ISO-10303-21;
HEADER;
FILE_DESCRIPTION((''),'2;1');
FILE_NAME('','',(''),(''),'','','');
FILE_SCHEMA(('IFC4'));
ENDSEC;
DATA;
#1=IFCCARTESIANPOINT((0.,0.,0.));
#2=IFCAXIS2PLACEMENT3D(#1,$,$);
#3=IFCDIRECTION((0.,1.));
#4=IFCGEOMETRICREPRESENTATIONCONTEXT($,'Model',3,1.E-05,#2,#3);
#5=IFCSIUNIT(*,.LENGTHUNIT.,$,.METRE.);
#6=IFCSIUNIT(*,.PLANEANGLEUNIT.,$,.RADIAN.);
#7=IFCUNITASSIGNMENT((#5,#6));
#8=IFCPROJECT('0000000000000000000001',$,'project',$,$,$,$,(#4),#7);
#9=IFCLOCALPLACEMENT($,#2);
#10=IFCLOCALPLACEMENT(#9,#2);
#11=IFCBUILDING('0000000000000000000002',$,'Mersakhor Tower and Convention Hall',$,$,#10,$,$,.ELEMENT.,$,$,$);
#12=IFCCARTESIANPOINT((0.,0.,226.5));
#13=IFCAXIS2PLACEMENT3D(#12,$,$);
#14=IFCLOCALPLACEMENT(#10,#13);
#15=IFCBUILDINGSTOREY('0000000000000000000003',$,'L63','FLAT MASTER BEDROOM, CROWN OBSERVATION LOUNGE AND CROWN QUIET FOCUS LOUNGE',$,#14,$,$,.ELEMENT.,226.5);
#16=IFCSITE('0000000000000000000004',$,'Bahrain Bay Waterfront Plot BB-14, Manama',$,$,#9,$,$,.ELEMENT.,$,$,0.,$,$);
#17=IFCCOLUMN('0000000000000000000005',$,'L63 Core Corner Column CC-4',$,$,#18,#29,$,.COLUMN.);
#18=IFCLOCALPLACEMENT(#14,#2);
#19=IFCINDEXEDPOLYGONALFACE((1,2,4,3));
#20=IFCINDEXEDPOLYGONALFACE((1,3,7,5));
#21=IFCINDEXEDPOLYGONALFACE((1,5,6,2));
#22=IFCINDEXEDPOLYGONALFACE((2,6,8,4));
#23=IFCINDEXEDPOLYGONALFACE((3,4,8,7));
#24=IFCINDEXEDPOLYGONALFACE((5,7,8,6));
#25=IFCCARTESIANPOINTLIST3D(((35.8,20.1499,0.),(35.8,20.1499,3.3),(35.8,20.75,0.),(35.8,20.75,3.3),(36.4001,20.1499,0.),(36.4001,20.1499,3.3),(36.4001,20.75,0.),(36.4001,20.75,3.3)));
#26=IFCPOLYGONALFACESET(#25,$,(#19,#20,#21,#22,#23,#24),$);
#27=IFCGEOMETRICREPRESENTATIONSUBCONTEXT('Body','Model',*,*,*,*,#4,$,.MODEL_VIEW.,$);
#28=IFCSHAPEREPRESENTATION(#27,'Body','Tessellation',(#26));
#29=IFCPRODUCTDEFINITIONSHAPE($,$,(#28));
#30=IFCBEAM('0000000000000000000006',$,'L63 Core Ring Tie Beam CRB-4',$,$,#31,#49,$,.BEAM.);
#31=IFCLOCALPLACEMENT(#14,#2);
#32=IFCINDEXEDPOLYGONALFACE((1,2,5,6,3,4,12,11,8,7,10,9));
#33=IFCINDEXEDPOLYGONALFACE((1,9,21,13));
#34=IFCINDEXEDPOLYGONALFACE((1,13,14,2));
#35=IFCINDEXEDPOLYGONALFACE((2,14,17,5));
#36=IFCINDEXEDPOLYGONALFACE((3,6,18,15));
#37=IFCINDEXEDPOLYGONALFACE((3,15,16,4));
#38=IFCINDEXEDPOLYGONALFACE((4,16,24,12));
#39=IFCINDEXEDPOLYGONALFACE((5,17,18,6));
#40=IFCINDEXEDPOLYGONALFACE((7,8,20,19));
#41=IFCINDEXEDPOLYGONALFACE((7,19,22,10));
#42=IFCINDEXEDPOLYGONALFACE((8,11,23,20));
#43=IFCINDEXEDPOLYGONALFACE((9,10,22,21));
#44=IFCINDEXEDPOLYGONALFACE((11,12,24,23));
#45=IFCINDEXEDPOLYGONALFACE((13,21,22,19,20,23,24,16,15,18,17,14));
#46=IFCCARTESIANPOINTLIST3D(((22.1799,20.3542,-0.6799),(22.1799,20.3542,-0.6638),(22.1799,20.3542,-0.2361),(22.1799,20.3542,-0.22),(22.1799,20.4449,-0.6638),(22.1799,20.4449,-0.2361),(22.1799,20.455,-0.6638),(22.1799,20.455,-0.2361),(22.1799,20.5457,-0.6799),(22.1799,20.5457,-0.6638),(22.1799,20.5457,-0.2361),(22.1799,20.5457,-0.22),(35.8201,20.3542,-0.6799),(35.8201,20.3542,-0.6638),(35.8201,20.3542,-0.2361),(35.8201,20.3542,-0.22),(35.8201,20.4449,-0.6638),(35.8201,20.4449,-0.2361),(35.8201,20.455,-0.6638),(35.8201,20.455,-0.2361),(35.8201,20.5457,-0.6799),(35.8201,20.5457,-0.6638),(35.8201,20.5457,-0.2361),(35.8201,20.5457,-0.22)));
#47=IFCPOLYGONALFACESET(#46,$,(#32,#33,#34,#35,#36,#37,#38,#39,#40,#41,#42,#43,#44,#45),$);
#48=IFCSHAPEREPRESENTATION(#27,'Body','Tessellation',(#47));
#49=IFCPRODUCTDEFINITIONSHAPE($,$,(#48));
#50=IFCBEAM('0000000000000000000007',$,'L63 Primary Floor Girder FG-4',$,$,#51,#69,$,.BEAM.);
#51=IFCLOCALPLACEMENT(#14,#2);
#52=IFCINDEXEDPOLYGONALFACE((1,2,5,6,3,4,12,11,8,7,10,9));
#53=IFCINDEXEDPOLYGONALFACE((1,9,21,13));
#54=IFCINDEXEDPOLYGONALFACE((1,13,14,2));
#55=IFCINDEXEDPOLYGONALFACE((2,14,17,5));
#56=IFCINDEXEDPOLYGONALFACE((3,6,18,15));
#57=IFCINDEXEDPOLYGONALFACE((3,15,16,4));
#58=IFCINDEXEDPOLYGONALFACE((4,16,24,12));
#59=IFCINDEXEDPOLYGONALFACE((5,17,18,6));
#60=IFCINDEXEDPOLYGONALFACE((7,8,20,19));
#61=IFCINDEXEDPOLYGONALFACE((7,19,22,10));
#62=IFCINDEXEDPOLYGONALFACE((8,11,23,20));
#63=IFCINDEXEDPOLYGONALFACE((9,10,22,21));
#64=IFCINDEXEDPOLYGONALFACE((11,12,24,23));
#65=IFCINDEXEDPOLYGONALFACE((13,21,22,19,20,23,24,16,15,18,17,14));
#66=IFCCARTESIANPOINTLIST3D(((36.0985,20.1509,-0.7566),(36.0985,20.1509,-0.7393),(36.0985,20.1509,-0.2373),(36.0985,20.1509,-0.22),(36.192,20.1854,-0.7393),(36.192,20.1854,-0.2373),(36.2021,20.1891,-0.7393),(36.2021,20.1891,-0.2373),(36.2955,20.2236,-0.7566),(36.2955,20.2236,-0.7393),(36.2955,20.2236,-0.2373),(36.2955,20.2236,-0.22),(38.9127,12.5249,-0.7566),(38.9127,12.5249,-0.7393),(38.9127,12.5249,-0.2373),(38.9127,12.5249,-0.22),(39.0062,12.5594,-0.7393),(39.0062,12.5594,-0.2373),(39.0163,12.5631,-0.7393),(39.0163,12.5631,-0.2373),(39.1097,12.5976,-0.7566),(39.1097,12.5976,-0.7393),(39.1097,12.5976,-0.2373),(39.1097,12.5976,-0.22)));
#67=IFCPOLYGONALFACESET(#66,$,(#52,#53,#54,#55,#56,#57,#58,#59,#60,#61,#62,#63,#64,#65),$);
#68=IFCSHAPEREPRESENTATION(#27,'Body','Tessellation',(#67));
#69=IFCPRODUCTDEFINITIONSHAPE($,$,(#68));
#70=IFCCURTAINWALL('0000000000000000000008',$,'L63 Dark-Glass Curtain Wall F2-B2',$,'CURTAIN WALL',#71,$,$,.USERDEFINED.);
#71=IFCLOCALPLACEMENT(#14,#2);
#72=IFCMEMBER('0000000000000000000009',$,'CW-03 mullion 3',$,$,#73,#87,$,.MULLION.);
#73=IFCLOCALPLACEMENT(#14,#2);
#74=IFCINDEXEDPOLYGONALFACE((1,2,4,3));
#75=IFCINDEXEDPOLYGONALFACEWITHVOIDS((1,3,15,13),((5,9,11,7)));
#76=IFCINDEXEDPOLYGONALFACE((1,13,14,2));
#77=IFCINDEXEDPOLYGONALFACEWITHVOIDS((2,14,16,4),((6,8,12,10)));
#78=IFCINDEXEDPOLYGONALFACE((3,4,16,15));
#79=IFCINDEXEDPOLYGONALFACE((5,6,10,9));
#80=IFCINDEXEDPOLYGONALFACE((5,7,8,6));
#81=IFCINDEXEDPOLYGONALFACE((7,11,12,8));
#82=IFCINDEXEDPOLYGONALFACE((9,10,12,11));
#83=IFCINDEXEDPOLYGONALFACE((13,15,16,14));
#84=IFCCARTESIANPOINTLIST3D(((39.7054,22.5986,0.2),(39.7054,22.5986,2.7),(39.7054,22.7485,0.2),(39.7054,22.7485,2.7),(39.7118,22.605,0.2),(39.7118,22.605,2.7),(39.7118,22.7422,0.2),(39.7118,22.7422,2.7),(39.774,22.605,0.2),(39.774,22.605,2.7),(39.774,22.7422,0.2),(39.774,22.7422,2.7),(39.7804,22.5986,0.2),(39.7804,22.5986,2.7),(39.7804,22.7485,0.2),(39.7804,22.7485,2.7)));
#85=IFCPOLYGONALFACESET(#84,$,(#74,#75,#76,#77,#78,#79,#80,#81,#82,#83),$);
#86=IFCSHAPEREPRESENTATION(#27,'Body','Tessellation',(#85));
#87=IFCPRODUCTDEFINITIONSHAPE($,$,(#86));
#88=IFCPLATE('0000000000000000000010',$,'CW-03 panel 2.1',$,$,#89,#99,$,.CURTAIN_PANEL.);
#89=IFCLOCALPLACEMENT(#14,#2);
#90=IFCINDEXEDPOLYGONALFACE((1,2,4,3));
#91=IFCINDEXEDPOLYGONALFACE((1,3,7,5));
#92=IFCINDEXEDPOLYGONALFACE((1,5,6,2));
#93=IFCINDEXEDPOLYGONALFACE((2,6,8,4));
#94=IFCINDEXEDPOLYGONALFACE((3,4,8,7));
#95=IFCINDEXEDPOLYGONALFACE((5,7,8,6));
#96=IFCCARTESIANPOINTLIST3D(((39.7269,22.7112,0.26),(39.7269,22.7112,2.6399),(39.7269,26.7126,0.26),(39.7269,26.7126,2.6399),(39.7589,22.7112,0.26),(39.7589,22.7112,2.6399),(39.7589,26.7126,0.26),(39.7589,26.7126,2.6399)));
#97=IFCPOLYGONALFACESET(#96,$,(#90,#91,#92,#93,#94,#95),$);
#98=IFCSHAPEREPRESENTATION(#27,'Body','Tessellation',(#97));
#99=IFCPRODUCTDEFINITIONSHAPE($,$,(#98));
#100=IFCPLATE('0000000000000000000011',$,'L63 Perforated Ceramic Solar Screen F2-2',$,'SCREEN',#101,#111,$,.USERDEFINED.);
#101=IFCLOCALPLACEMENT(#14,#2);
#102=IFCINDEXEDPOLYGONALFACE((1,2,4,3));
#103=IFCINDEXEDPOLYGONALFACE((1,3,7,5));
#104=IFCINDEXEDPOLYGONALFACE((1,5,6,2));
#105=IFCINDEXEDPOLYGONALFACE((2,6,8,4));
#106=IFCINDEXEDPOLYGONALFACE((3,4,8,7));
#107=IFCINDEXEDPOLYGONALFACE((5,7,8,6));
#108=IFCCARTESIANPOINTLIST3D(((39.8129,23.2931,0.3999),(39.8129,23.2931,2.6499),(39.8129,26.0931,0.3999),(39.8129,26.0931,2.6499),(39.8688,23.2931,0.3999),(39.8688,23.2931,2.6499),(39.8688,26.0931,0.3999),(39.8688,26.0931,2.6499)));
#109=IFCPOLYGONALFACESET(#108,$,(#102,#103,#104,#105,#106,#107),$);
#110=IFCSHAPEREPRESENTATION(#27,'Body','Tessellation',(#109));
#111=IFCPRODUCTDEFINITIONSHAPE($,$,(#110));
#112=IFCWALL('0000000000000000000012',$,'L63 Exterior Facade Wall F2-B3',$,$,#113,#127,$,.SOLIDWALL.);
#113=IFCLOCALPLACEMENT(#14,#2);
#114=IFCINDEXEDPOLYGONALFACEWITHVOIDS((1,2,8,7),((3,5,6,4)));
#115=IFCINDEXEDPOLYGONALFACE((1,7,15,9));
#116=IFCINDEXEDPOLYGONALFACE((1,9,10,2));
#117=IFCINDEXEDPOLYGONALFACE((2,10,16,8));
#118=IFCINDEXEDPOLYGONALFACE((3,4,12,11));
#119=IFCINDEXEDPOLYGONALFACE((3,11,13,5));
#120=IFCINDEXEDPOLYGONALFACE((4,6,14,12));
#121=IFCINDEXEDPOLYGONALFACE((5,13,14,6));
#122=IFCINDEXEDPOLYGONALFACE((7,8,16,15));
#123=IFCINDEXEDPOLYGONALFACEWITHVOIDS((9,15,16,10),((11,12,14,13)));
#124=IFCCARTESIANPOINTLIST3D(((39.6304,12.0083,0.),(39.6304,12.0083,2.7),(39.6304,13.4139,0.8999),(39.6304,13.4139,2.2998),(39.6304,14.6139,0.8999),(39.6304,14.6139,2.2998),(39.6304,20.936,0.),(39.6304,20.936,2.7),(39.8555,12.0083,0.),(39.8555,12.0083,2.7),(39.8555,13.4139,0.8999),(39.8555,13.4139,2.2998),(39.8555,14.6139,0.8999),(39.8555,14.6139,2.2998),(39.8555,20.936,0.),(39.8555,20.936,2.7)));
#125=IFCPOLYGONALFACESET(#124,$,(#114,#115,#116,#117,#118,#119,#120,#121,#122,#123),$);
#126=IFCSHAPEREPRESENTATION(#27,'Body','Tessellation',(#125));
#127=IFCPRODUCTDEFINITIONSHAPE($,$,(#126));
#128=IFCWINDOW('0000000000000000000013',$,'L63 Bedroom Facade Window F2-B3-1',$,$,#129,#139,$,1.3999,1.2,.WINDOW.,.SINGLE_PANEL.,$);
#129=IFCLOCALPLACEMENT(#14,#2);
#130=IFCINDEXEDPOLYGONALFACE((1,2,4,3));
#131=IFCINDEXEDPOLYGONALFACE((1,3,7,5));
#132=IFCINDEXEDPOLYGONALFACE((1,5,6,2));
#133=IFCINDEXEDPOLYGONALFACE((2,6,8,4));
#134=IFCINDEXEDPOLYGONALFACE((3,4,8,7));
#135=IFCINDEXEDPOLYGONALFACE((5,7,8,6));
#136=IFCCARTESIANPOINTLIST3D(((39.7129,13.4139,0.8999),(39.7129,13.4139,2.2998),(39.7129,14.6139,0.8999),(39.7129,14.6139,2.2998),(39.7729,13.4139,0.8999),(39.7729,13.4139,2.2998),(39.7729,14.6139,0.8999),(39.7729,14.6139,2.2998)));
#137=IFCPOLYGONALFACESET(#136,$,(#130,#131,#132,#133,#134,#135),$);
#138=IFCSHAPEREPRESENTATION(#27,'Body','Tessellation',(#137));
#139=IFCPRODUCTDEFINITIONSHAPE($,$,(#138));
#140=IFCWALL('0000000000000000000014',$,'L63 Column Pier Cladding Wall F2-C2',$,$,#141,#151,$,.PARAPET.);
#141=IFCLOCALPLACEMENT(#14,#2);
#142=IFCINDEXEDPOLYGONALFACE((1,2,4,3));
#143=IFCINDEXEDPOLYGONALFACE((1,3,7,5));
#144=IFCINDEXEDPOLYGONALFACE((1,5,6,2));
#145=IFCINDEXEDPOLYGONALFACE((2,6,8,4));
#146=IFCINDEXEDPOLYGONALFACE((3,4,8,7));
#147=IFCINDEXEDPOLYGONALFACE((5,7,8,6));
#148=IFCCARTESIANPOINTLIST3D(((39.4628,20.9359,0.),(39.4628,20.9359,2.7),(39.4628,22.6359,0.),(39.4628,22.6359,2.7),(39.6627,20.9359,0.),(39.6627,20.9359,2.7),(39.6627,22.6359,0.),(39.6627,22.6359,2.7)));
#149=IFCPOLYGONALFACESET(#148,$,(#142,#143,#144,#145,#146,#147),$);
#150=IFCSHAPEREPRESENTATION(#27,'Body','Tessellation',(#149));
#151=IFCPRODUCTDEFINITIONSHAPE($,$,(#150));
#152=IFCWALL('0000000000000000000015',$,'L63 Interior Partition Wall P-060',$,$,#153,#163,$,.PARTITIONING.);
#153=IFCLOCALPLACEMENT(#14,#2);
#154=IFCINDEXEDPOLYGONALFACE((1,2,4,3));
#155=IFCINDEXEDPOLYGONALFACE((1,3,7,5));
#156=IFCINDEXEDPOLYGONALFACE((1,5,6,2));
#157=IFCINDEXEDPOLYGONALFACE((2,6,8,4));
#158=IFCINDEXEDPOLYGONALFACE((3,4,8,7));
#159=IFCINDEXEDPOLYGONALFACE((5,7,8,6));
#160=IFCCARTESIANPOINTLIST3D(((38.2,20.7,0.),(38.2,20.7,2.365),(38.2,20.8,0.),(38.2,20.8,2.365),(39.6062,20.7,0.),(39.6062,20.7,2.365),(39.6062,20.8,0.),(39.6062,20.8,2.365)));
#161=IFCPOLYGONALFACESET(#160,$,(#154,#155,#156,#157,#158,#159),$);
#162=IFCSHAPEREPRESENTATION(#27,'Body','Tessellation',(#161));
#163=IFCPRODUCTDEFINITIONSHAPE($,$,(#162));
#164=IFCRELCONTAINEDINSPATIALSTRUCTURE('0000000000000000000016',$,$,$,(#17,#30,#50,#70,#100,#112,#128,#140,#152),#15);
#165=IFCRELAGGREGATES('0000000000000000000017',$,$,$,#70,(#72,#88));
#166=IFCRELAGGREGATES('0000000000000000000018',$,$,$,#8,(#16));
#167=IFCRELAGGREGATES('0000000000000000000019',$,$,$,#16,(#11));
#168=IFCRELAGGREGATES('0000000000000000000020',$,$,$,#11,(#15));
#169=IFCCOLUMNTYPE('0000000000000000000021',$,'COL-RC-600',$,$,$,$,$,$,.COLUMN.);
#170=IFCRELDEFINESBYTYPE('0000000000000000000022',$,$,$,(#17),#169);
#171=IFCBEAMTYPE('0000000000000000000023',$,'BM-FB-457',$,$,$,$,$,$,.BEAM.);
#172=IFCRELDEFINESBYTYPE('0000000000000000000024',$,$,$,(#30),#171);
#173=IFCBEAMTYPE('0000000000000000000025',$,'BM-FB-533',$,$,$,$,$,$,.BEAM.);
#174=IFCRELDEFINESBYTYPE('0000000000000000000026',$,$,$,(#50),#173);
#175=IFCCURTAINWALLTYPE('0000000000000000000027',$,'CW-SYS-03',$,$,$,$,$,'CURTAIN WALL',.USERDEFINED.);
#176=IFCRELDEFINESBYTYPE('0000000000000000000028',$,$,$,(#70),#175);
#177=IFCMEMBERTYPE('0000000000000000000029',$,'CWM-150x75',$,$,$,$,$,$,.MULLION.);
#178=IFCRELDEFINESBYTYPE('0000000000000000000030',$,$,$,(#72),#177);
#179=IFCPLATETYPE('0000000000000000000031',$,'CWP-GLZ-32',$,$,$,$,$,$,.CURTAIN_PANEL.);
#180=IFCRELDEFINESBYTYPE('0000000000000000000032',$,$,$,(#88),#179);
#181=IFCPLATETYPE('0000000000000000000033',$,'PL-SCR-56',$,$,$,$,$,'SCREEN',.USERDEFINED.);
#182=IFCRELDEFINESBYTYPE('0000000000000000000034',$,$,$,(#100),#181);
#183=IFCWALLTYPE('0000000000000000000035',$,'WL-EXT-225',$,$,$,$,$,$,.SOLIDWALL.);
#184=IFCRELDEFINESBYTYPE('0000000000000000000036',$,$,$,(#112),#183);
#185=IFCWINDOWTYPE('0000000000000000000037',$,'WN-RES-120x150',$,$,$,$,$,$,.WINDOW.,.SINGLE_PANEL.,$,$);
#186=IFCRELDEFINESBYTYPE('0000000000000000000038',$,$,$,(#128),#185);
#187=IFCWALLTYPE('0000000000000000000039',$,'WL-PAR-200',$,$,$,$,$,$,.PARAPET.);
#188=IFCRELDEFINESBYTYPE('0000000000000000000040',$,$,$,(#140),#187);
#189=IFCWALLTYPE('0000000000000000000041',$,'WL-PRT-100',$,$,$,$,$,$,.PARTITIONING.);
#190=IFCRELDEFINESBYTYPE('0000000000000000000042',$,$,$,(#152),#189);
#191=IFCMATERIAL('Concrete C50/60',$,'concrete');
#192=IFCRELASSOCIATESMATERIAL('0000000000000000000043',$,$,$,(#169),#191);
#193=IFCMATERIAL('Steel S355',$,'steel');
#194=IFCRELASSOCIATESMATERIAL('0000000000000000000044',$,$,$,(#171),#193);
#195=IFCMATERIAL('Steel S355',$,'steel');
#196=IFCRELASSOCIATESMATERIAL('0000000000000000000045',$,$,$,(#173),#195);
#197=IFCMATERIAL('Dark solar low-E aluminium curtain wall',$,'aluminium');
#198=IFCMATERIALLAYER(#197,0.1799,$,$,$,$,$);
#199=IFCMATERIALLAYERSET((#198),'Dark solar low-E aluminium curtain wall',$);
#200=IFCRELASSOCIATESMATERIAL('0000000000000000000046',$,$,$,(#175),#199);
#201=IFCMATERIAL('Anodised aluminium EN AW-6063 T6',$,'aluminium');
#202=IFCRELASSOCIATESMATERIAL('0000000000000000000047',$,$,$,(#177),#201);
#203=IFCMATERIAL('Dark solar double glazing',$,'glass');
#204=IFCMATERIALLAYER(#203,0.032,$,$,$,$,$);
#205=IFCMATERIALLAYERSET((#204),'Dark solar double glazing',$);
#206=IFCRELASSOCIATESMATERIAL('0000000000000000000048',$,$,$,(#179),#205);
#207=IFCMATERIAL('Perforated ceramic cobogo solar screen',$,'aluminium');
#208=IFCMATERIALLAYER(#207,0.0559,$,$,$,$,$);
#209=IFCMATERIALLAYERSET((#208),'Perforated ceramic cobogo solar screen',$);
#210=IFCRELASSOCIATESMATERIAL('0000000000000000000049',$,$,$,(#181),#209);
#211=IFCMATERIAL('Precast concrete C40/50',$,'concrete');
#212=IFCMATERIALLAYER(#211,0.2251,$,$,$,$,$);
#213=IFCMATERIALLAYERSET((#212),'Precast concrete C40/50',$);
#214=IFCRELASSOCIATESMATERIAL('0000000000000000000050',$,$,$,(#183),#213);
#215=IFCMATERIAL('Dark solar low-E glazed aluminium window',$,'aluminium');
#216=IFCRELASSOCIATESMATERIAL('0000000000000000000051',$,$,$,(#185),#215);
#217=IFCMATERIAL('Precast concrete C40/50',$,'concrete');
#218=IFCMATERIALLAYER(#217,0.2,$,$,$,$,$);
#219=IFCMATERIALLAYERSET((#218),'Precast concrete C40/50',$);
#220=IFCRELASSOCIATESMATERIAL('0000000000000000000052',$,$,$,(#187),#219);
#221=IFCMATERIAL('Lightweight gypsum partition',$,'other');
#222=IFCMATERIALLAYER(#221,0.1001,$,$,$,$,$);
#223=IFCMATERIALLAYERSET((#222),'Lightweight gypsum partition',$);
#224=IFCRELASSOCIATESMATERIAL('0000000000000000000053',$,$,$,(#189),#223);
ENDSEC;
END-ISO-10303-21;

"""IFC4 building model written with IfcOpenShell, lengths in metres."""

from ifc_helpers import new_model, si_unit, direction, frame, frame_2d, origin, origin_2d, place, context, subcontext, project, spatial, rectangle, hollow_rectangle, i_section, extrude, material, layer, layer_set, material_profile, profile_set, type_object, element, fill, aggregate, save


model = new_model("IFC4")

# Units and contexts
model_context = context("Model", 3, precision=1e-05, world=origin(), true_north=direction((0.0, 1.0)))
body_context = subcontext(model_context, "Body", "Model", "MODEL_VIEW")
ifc_project = project(units=[si_unit("LENGTHUNIT", "METRE"), si_unit("PLANEANGLEUNIT", "RADIAN")], contexts=[model_context])

# Site, building, storey
site_placement = place(None, origin())
site = spatial("IfcSite", under=ifc_project, at=site_placement, Name="Bahrain Bay Waterfront Plot BB-14, Manama", CompositionType="ELEMENT", RefElevation=0.0)
building_placement = place(site_placement, origin())
building = spatial("IfcBuilding", under=site, at=building_placement, Name="Mersakhor Tower and Convention Hall", CompositionType="ELEMENT")
storey_placement = place(building_placement, frame((0.0, 0.0, 226.5)))
storey = spatial("IfcBuildingStorey", under=building, at=storey_placement, Name="L63", Description="FLAT MASTER BEDROOM, CROWN OBSERVATION LOUNGE AND CROWN QUIET FOCUS LOUNGE", CompositionType="ELEMENT", Elevation=226.5)

# Column
ifc_material_1 = material(Name="Concrete C50/60", Category="concrete")
ifc_material_profile_1 = material_profile(ifc_material_1, rectangle(XDim=0.6001, YDim=0.6001, at=origin_2d()), Name="RC 600x600")
ifc_profile_set_1 = profile_set([ifc_material_profile_1], Name="Concrete C50/60")
column_type = type_object("IfcColumnType", Name="COL-RC-600", PredefinedType="COLUMN", material=ifc_profile_set_1)
column_placement = place(storey_placement, frame((36.1001, 20.45, 0.0), z_axis=(0.0, 0.0, 1.0), x_axis=(1.0, 0.0, 0.0)))
element("IfcColumn", 1, at=column_placement, inside=storey, type_object=column_type, Name="L63 Core Corner Column CC-4", PredefinedType="COLUMN", context=body_context, shape_type="SweptSolid", body=[
    extrude(rectangle(XDim=0.6001, YDim=0.6001, at=origin_2d()), origin(), (0.0, 0.0, 1.0), 3.3),
])

# Beams
ifc_material_2 = material(Name="Steel S355", Category="steel")
ifc_material_profile_2 = material_profile(ifc_material_2, i_section(OverallWidth=0.1914, OverallDepth=0.46, WebThickness=0.01, FlangeThickness=0.0161, at=origin_2d()), Name="UB 457x191x82")
ifc_profile_set_2 = profile_set([ifc_material_profile_2], Name="Steel S355")
beam_type_1 = type_object("IfcBeamType", Name="BM-FB-457", PredefinedType="BEAM", material=ifc_profile_set_2)
beam_1_placement = place(storey_placement, frame((35.8201, 20.45, -0.45), z_axis=(-1.0, 0.0, 0.0), x_axis=(0.0, -1.0, 0.0)))
element("IfcBeam", 2, at=beam_1_placement, inside=storey, type_object=beam_type_1, Name="L63 Core Ring Tie Beam CRB-4", PredefinedType="BEAM", context=body_context, shape_type="SweptSolid", body=[
    extrude(i_section(OverallWidth=0.1914, OverallDepth=0.46, WebThickness=0.01, FlangeThickness=0.0161, at=origin_2d()), origin(), (0.0, 0.0, 1.0), 13.6401),
])
ifc_material_3 = material(Name="Steel S355", Category="steel")
ifc_material_profile_3 = material_profile(ifc_material_3, i_section(OverallWidth=0.21, OverallDepth=0.5366, WebThickness=0.0107, FlangeThickness=0.0173, at=origin_2d()), Name="UB 533x210x101")
ifc_profile_set_3 = profile_set([ifc_material_profile_3], Name="Steel S355")
beam_type_2 = type_object("IfcBeamType", Name="BM-FB-533", PredefinedType="BEAM", material=ifc_profile_set_3)
beam_2_placement = place(storey_placement, frame((36.197, 20.1873, -0.4883), z_axis=(0.346208, -0.938158, 0.0), x_axis=(0.938158, 0.346208, 0.0)))
element("IfcBeam", 3, at=beam_2_placement, inside=storey, type_object=beam_type_2, Name="L63 Primary Floor Girder FG-4", PredefinedType="BEAM", context=body_context, shape_type="SweptSolid", body=[
    extrude(i_section(OverallWidth=0.21, OverallDepth=0.5366, WebThickness=0.0107, FlangeThickness=0.0173, at=origin_2d()), origin(), (0.0, 0.0, 1.0), 8.1287),
])

# Curtain wall, member, plate
ifc_material_4 = material(Name="Dark solar low-E aluminium curtain wall", Category="aluminium")
ifc_layer_1 = layer(ifc_material_4, 0.1799)
ifc_layer_set_1 = layer_set([ifc_layer_1], Name="Dark solar low-E aluminium curtain wall")
curtain_wall_type = type_object("IfcCurtainWallType", Name="CW-SYS-03", ElementType="CURTAIN WALL", PredefinedType="USERDEFINED", material=ifc_layer_set_1)
curtain_wall_placement = place(storey_placement, origin())
curtain_wall = element("IfcCurtainWall", 4, at=curtain_wall_placement, inside=storey, type_object=curtain_wall_type, Name="L63 Dark-Glass Curtain Wall F2-B2", ObjectType="CURTAIN WALL", PredefinedType="USERDEFINED")
ifc_material_5 = material(Name="Anodised aluminium EN AW-6063 T6", Category="aluminium")
ifc_material_profile_4 = material_profile(ifc_material_5, hollow_rectangle(XDim=0.075, YDim=0.1499, WallThickness=0.0063, at=origin_2d()), Name="RHS 150x75x6.3")
ifc_profile_set_4 = profile_set([ifc_material_profile_4], Name="Anodised aluminium EN AW-6063 T6")
member_type = type_object("IfcMemberType", Name="CWM-150x75", PredefinedType="MULLION", material=ifc_profile_set_4)
member_placement = place(storey_placement, frame((39.7429, 22.6736, 0.2), z_axis=(0.0, 0.0, 1.0), x_axis=(1.0, 0.0, 0.0)))
member = element("IfcMember", 5, at=member_placement, type_object=member_type, Name="CW-03 mullion 3", PredefinedType="MULLION", context=body_context, shape_type="SweptSolid", body=[
    extrude(hollow_rectangle(XDim=0.075, YDim=0.1499, WallThickness=0.0063, at=origin_2d()), origin(), (0.0, 0.0, 1.0), 2.5),
])
ifc_material_6 = material(Name="Dark solar double glazing", Category="glass")
ifc_layer_2 = layer(ifc_material_6, 0.032)
ifc_layer_set_2 = layer_set([ifc_layer_2], Name="Dark solar double glazing")
plate_type_1 = type_object("IfcPlateType", Name="CWP-GLZ-32", PredefinedType="CURTAIN_PANEL", material=ifc_layer_set_2)
plate_1_placement = place(storey_placement, frame((39.7429, 24.7119, 0.26), z_axis=(0.0, 0.0, 1.0), x_axis=(0.0, -1.0, 0.0)))
plate_1 = element("IfcPlate", 6, at=plate_1_placement, type_object=plate_type_1, Name="CW-03 panel 2.1", PredefinedType="CURTAIN_PANEL", context=body_context, shape_type="SweptSolid", body=[
    extrude(rectangle(XDim=4.0015, YDim=0.032, at=origin_2d()), origin(), (0.0, 0.0, 1.0), 2.3799),
])
aggregate(curtain_wall, [member, plate_1])

# Plate
ifc_material_7 = material(Name="Perforated ceramic cobogo solar screen", Category="aluminium")
ifc_layer_3 = layer(ifc_material_7, 0.0559)
ifc_layer_set_3 = layer_set([ifc_layer_3], Name="Perforated ceramic cobogo solar screen")
plate_type_2 = type_object("IfcPlateType", Name="PL-SCR-56", ElementType="SCREEN", PredefinedType="USERDEFINED", material=ifc_layer_set_3)
plate_2_placement = place(storey_placement, frame((39.8408, 24.6931, 0.3999), z_axis=(0.0, 0.0, 1.0), x_axis=(0.0, -1.0, 0.0)))
element("IfcPlate", 7, at=plate_2_placement, inside=storey, type_object=plate_type_2, Name="L63 Perforated Ceramic Solar Screen F2-2", ObjectType="SCREEN", PredefinedType="USERDEFINED", context=body_context, shape_type="SweptSolid", body=[
    extrude(rectangle(XDim=2.8, YDim=0.0559, at=origin_2d()), origin(), (0.0, 0.0, 1.0), 2.25),
])

# Wall, opening, window
ifc_material_8 = material(Name="Precast concrete C40/50", Category="concrete")
ifc_layer_4 = layer(ifc_material_8, 0.2251)
ifc_layer_set_4 = layer_set([ifc_layer_4], Name="Precast concrete C40/50")
wall_type_1 = type_object("IfcWallType", Name="WL-EXT-225", PredefinedType="SOLIDWALL", material=ifc_layer_set_4)
wall_1_placement = place(storey_placement, frame((39.7429, 20.936, 0.0), z_axis=(0.0, 0.0, 1.0), x_axis=(0.0, -1.0, 0.0)))
wall_1 = element("IfcWall", 8, at=wall_1_placement, inside=storey, type_object=wall_type_1, Name="L63 Exterior Facade Wall F2-B3", PredefinedType="SOLIDWALL", context=body_context, shape_type="SweptSolid", body=[
    extrude(rectangle(XDim=8.9277, YDim=0.2251, at=frame_2d((4.4639, 0.0))), origin(), (0.0, 0.0, 1.0), 2.7),
])
opening_1_placement = place(wall_1_placement, frame((6.322, 0.0, 0.8999)))
opening_1 = element("IfcOpeningElement", 9, at=opening_1_placement, cuts=wall_1, PredefinedType="OPENING", context=body_context, shape_type="SweptSolid", body=[
    extrude(rectangle(XDim=1.2, YDim=1.3999, at=frame_2d((0.6001, 0.7))), frame((0.0, 0.1226, 0.0), z_axis=(0.0, -1.0, 0.0), x_axis=(1.0, 0.0, 0.0)), (0.0, 0.0, 1.0), 0.2451),
])
ifc_material_9 = material(Name="Dark solar low-E glazed aluminium window", Category="aluminium")
window_type = type_object("IfcWindowType", Name="WN-RES-120x150", PartitioningType="SINGLE_PANEL", PredefinedType="WINDOW", material=ifc_material_9)
window_placement = place(opening_1_placement, origin())
window = element("IfcWindow", 10, at=window_placement, inside=storey, type_object=window_type, Name="L63 Bedroom Facade Window F2-B3-1", OverallHeight=1.3999, OverallWidth=1.2, PartitioningType="SINGLE_PANEL", PredefinedType="WINDOW", context=body_context, shape_type="SweptSolid", body=[
    extrude(rectangle(XDim=1.2, YDim=1.3999, at=frame_2d((0.6001, 0.7))), frame((0.0, 0.03, 0.0), z_axis=(0.0, -1.0, 0.0), x_axis=(1.0, 0.0, 0.0)), (0.0, 0.0, 1.0), 0.0601),
])
fill(opening_1, window)

# Walls
ifc_material_10 = material(Name="Precast concrete C40/50", Category="concrete")
ifc_layer_5 = layer(ifc_material_10, 0.2)
ifc_layer_set_5 = layer_set([ifc_layer_5], Name="Precast concrete C40/50")
wall_type_2 = type_object("IfcWallType", Name="WL-PAR-200", PredefinedType="PARAPET", material=ifc_layer_set_5)
wall_2_placement = place(storey_placement, frame((39.5627, 22.636, 0.0), z_axis=(0.0, 0.0, 1.0), x_axis=(0.0, -1.0, 0.0)))
element("IfcWall", 11, at=wall_2_placement, inside=storey, type_object=wall_type_2, Name="L63 Column Pier Cladding Wall F2-C2", PredefinedType="PARAPET", context=body_context, shape_type="SweptSolid", body=[
    extrude(rectangle(XDim=1.7, YDim=0.2, at=frame_2d((0.8501, 0.0))), origin(), (0.0, 0.0, 1.0), 2.7),
])
ifc_material_11 = material(Name="Lightweight gypsum partition", Category="other")
ifc_layer_6 = layer(ifc_material_11, 0.1001)
ifc_layer_set_6 = layer_set([ifc_layer_6], Name="Lightweight gypsum partition")
wall_type_3 = type_object("IfcWallType", Name="WL-PRT-100", PredefinedType="PARTITIONING", material=ifc_layer_set_6)
wall_3_placement = place(storey_placement, frame((39.6062, 20.75, 0.0), z_axis=(0.0, 0.0, 1.0), x_axis=(-1.0, 0.0, 0.0)))
element("IfcWall", 12, at=wall_3_placement, inside=storey, type_object=wall_type_3, Name="L63 Interior Partition Wall P-060", PredefinedType="PARTITIONING", context=body_context, shape_type="SweptSolid", body=[
    extrude(rectangle(XDim=1.4062, YDim=0.1001, at=frame_2d((0.7031, 0.0))), origin(), (0.0, 0.0, 1.0), 2.365),
])

save(model, "model.ifc")
